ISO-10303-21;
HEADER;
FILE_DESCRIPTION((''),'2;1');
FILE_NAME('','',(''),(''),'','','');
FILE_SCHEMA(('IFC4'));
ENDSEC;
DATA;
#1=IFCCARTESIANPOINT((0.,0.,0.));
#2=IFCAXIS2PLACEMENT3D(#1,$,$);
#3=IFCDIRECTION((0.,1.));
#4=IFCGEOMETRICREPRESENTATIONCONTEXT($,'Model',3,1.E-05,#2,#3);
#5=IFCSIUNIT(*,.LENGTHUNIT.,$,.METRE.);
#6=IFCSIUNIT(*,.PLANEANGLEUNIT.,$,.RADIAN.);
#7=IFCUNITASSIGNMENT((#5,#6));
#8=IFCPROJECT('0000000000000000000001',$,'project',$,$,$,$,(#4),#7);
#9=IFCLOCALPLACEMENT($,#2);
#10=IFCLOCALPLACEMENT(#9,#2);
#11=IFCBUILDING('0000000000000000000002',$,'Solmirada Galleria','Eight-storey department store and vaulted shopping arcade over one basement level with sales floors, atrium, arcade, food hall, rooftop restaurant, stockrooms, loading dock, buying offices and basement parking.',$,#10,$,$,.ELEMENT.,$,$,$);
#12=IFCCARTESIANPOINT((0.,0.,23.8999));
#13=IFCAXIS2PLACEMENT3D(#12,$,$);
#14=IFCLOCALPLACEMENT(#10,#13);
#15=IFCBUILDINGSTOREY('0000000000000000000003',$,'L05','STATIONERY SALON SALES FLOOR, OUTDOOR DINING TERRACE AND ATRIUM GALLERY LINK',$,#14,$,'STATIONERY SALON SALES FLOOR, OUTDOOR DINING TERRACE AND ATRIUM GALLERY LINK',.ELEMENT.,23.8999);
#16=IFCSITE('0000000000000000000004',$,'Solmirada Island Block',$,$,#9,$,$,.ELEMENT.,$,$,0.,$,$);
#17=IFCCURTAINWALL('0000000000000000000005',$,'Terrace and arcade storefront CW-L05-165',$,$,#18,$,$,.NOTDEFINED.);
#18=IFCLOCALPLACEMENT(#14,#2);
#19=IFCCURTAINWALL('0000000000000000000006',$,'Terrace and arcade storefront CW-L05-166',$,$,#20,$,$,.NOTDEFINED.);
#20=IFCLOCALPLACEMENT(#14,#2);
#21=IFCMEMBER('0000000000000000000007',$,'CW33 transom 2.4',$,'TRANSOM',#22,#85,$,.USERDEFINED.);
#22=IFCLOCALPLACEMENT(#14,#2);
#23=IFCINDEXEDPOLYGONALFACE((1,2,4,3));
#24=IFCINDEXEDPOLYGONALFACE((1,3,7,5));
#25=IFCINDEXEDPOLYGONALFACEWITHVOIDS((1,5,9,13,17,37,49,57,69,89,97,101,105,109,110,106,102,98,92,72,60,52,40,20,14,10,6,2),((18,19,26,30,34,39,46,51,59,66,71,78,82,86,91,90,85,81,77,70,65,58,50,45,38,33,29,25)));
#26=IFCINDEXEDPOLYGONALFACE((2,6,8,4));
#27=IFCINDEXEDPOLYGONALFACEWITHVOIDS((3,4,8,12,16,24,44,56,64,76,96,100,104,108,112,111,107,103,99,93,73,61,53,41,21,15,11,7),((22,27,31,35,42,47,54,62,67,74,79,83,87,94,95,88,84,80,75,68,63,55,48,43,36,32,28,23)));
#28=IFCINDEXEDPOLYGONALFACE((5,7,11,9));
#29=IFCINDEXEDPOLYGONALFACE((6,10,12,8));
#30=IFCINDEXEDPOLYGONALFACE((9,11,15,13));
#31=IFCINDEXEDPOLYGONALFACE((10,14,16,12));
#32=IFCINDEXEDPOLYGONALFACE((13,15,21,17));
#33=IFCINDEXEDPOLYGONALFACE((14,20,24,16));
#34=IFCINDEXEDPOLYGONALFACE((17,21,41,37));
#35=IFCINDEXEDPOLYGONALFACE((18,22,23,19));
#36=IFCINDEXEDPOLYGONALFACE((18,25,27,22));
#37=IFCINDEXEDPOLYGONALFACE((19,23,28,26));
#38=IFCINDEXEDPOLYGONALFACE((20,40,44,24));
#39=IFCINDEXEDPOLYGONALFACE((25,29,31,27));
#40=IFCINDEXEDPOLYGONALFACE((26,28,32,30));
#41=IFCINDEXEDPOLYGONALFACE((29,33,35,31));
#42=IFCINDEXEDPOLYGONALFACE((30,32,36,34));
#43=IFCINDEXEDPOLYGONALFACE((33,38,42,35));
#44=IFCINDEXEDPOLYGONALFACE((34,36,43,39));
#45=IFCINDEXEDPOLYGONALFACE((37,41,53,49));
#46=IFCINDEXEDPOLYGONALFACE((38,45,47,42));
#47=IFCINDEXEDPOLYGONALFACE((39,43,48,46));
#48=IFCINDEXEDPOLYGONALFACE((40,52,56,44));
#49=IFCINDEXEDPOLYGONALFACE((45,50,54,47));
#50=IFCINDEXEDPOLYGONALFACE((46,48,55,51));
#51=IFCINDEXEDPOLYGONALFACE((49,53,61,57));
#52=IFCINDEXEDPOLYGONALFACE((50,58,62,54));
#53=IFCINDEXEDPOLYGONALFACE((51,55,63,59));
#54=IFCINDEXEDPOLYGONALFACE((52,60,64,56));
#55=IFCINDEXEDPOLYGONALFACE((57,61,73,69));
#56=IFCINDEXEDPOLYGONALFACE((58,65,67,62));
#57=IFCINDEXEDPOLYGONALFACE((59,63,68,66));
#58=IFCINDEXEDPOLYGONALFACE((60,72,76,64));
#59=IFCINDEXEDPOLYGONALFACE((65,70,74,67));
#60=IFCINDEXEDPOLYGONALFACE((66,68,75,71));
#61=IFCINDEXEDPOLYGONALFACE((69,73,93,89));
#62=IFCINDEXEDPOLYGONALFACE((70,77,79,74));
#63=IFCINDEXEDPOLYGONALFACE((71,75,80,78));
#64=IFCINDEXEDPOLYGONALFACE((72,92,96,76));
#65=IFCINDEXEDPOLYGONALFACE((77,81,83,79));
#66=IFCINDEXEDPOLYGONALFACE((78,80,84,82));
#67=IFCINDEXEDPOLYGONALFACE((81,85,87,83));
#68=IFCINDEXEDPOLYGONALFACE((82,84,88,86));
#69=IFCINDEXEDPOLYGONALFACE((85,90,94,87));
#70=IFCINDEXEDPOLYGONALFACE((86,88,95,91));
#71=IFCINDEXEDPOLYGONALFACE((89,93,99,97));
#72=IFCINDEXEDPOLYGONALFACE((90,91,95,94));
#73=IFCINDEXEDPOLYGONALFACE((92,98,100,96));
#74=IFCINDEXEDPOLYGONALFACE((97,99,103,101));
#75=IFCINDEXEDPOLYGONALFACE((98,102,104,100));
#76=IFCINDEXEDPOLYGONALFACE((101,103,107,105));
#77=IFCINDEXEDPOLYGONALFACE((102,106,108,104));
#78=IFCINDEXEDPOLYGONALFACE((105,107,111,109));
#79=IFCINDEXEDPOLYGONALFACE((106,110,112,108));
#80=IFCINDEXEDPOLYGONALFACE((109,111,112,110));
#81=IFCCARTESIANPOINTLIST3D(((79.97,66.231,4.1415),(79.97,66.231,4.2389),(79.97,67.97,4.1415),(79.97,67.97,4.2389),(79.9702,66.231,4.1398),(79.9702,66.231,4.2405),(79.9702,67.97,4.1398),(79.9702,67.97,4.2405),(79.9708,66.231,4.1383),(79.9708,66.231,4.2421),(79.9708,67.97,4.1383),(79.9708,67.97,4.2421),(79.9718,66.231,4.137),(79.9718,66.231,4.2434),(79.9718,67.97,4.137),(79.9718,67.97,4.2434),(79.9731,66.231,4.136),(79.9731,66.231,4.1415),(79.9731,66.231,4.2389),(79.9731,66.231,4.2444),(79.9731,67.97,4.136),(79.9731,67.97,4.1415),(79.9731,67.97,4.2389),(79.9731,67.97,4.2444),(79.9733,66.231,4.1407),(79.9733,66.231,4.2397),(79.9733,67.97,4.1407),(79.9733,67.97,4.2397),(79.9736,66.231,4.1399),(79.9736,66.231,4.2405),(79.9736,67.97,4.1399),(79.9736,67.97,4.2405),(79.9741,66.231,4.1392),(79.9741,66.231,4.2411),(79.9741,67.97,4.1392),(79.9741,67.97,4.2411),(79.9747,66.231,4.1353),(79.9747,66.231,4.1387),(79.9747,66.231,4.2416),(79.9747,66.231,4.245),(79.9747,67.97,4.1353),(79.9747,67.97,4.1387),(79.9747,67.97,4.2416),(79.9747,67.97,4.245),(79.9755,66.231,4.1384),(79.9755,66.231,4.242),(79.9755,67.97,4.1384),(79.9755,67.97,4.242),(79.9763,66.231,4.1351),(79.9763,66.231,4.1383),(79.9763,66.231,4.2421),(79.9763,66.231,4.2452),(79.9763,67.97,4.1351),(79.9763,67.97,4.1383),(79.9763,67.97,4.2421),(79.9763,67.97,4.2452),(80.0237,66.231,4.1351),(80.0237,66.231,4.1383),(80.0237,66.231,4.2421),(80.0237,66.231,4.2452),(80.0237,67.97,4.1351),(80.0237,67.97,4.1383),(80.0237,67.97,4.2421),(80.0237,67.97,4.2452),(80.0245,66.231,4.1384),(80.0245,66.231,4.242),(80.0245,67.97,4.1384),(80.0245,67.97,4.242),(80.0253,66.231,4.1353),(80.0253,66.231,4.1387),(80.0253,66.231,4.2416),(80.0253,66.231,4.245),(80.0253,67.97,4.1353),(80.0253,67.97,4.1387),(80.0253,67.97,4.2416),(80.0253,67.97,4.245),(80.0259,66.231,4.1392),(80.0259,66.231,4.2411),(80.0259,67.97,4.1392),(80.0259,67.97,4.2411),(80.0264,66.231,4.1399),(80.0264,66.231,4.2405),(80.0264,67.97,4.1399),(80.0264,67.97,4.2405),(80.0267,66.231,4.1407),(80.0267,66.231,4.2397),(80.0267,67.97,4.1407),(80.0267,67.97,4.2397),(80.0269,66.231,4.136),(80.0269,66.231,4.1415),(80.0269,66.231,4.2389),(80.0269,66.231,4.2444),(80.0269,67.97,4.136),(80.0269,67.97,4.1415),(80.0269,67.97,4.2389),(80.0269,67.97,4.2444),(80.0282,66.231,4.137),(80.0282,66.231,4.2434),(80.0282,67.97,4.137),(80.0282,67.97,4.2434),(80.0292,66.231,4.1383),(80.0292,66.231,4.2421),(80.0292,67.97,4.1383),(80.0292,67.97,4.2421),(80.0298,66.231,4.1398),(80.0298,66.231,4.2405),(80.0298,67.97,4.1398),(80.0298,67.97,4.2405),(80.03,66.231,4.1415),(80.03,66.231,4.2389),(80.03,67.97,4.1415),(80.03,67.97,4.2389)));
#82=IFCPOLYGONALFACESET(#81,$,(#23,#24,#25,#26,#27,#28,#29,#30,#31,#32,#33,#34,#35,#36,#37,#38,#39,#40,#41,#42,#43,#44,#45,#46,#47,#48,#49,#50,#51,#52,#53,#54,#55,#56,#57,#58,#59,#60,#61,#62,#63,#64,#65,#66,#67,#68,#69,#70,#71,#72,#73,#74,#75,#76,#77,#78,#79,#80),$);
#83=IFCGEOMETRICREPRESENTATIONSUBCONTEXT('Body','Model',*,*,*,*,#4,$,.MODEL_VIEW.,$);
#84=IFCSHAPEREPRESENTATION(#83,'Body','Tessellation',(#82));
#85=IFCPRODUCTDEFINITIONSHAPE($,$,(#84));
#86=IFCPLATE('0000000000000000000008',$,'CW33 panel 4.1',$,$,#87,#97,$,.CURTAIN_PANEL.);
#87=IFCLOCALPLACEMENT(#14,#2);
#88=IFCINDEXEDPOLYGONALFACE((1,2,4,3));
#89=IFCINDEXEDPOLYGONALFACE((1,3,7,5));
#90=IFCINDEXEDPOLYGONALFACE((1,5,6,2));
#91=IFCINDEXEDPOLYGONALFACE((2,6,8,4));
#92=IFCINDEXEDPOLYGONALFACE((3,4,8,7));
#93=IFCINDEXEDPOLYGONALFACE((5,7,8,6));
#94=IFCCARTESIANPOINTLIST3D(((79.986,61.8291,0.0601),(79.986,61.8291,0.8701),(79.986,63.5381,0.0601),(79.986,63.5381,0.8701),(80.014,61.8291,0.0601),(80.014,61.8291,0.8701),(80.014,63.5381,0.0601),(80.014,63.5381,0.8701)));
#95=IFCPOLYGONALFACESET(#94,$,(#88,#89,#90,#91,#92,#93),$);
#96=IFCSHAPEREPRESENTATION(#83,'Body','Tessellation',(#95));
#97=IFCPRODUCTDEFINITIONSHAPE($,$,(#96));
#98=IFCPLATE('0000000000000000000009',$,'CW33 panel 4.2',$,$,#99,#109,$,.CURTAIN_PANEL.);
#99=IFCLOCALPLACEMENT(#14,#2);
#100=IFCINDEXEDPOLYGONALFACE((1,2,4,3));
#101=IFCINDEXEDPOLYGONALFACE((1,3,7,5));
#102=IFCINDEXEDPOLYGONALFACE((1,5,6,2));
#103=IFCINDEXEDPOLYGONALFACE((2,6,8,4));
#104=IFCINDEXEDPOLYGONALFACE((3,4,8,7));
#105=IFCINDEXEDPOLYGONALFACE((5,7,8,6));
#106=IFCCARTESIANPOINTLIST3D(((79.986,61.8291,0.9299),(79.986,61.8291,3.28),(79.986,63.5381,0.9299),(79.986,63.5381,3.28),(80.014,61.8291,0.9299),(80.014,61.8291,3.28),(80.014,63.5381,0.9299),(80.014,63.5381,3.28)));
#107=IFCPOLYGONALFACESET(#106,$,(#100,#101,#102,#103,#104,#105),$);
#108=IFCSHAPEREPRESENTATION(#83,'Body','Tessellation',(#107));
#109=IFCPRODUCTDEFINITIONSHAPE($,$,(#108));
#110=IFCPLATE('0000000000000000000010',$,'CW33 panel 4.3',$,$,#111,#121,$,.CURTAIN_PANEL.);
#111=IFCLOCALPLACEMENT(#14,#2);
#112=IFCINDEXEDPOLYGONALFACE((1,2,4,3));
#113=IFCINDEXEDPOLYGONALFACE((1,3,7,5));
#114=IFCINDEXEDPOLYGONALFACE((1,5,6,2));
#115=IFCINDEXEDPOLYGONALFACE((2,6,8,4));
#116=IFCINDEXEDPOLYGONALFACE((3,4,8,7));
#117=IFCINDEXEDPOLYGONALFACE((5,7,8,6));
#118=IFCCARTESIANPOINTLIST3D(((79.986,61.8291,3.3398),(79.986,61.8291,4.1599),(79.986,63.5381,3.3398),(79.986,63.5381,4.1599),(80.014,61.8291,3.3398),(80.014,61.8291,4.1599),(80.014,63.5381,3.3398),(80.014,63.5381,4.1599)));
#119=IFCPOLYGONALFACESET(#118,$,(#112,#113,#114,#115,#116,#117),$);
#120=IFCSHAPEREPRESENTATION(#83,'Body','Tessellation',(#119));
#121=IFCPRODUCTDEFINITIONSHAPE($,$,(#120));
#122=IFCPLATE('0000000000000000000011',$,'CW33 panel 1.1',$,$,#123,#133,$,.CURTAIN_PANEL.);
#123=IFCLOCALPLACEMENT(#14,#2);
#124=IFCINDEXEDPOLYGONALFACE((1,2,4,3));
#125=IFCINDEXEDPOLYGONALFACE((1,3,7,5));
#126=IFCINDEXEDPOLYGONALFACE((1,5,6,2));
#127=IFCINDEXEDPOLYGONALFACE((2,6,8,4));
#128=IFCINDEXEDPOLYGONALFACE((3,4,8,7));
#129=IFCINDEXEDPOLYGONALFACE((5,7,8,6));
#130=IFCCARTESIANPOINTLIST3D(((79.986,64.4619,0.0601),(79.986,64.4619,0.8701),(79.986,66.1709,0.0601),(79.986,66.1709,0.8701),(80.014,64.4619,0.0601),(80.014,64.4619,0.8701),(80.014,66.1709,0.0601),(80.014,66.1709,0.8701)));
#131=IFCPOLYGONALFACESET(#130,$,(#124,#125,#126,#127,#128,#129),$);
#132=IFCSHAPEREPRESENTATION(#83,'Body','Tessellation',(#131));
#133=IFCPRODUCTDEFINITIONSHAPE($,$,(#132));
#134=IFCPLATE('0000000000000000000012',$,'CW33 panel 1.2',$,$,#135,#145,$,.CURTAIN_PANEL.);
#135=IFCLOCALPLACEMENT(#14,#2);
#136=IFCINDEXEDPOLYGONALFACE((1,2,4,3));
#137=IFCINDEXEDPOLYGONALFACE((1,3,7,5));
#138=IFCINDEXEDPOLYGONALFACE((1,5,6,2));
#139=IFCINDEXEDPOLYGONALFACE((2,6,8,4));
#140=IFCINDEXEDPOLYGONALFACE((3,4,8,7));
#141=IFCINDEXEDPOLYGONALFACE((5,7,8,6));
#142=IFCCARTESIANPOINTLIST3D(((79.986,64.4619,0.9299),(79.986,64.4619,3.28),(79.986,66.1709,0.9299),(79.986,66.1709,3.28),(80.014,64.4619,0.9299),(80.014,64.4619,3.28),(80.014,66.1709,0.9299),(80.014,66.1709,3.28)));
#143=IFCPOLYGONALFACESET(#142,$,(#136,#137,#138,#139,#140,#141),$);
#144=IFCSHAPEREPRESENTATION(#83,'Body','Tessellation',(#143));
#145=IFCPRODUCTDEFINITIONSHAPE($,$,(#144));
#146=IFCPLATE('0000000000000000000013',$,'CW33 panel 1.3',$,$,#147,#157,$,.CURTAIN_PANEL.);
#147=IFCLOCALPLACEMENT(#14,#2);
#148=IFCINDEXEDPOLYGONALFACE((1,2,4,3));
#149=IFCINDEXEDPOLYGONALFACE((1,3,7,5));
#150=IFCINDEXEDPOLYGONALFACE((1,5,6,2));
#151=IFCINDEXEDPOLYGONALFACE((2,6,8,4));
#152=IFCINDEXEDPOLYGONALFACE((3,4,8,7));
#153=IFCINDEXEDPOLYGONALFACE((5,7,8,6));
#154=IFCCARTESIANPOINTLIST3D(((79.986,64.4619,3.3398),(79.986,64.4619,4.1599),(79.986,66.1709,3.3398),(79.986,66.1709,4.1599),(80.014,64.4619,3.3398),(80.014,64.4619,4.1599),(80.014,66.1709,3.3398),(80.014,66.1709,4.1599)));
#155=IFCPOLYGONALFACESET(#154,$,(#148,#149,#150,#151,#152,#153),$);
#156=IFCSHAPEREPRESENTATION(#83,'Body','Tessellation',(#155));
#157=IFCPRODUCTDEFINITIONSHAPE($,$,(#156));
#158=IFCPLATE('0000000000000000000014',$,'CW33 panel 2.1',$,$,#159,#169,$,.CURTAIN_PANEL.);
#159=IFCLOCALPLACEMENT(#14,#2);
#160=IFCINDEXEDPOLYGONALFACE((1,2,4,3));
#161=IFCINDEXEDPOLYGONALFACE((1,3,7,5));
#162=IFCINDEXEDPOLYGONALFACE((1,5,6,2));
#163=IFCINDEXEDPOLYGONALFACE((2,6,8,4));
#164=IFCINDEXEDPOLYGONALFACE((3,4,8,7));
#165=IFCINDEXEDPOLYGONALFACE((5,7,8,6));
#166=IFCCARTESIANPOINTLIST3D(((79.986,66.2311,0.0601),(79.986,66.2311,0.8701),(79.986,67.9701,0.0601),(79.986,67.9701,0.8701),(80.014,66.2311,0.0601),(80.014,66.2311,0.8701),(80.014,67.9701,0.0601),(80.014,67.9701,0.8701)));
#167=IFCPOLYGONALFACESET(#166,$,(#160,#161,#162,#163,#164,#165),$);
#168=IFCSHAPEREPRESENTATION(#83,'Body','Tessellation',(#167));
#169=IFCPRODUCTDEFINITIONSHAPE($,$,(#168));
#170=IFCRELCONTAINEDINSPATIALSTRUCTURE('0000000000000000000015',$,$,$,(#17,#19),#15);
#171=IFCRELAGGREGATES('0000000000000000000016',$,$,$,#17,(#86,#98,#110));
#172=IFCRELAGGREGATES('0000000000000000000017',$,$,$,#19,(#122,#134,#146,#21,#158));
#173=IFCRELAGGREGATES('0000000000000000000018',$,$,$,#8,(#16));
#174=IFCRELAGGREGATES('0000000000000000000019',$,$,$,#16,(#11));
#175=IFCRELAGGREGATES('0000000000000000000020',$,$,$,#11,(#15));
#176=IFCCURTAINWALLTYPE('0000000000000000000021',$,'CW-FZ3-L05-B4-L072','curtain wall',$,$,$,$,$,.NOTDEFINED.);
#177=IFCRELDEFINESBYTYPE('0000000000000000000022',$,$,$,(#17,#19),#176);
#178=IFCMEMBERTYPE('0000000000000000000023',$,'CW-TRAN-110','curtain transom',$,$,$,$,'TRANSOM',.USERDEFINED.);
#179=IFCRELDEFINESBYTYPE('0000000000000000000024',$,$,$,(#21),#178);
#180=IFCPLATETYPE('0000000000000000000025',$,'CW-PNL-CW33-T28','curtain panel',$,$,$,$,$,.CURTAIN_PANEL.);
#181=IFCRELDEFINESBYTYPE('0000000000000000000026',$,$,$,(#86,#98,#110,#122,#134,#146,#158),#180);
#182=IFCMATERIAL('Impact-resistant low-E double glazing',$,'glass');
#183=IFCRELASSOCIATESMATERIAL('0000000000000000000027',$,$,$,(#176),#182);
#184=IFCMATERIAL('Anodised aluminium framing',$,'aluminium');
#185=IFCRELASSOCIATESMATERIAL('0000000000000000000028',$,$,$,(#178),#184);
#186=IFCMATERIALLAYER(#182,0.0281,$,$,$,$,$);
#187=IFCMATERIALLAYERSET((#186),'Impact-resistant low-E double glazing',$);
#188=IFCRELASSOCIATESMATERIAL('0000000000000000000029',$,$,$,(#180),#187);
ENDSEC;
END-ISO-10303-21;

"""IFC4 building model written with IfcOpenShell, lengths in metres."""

from ifc_helpers import new_model, si_unit, direction, frame, origin, origin_2d, place, context, subcontext, project, spatial, rectangle, hollow_rectangle, extrude, material, layer, layer_set, material_profile, profile_set, type_object, element, aggregate, save


model = new_model("IFC4")

# Units and contexts
model_context = context("Model", 3, precision=1e-05, world=origin(), true_north=direction((0.0, 1.0)))
body_context = subcontext(model_context, "Body", "Model", "MODEL_VIEW")
ifc_project = project(units=[si_unit("LENGTHUNIT", "METRE"), si_unit("PLANEANGLEUNIT", "RADIAN")], contexts=[model_context])

# Site, building, storey
site_placement = place(None, origin())
site = spatial("IfcSite", under=ifc_project, at=site_placement, Name="Solmirada Island Block", CompositionType="ELEMENT", RefElevation=0.0)
building_placement = place(site_placement, origin())
building = spatial("IfcBuilding", under=site, at=building_placement, Name="Solmirada Galleria", Description="Eight-storey department store and vaulted shopping arcade over one basement level with sales floors, atrium, arcade, food hall, rooftop restaurant, stockrooms, loading dock, buying offices and basement parking.", CompositionType="ELEMENT")
storey_placement = place(building_placement, frame((0.0, 0.0, 23.8999)))
storey = spatial("IfcBuildingStorey", under=building, at=storey_placement, Name="L05", Description="STATIONERY SALON SALES FLOOR, OUTDOOR DINING TERRACE AND ATRIUM GALLERY LINK", LongName="STATIONERY SALON SALES FLOOR, OUTDOOR DINING TERRACE AND ATRIUM GALLERY LINK", CompositionType="ELEMENT", Elevation=23.8999)

# Curtain wall
ifc_material_1 = material(Name="Impact-resistant low-E double glazing", Category="glass")
curtain_wall_type = type_object("IfcCurtainWallType", Name="CW-FZ3-L05-B4-L072", Description="curtain wall", PredefinedType="NOTDEFINED", material=ifc_material_1)
curtain_wall_1_placement = place(storey_placement, origin())
curtain_wall_1 = element("IfcCurtainWall", 1, at=curtain_wall_1_placement, inside=storey, type_object=curtain_wall_type, Name="Terrace and arcade storefront CW-L05-165", PredefinedType="NOTDEFINED")
ifc_material_2 = material(Name="Anodised aluminium framing", Category="aluminium")

# Curtain wall
curtain_wall_2_placement = place(storey_placement, origin())
curtain_wall_2 = element("IfcCurtainWall", 2, at=curtain_wall_2_placement, inside=storey, type_object=curtain_wall_type, Name="Terrace and arcade storefront CW-L05-166", PredefinedType="NOTDEFINED")

# Member
ifc_material_profile_1 = material_profile(ifc_material_2, hollow_rectangle(XDim=0.0601, YDim=0.1101, WallThickness=0.0032, InnerFilletRadius=0.0032, OuterFilletRadius=0.0063, at=origin_2d()), Name="ALU-TRAN-110X60")
ifc_profile_set_1 = profile_set([ifc_material_profile_1], Name="Anodised aluminium framing")
member_type_1 = type_object("IfcMemberType", Name="CW-TRAN-110", Description="curtain transom", ElementType="TRANSOM", PredefinedType="USERDEFINED", material=ifc_profile_set_1)
member_1_placement = place(storey_placement, frame((80.0, 66.231, 4.1902), z_axis=(0.0, 1.0, 0.0), x_axis=(-1.0, 0.0, 0.0)))
member_1 = element("IfcMember", 3, at=member_1_placement, type_object=member_type_1, Name="CW33 transom 2.4", ObjectType="TRANSOM", PredefinedType="USERDEFINED", context=body_context, shape_type="SweptSolid", body=[
    extrude(hollow_rectangle(XDim=0.0601, YDim=0.1101, WallThickness=0.0032, InnerFilletRadius=0.0032, OuterFilletRadius=0.0063, at=origin_2d()), origin(), (0.0, 0.0, 1.0), 1.739),
])

# Plates
ifc_layer = layer(ifc_material_1, 0.0281)
ifc_layer_set = layer_set([ifc_layer], Name="Impact-resistant low-E double glazing")
plate_type = type_object("IfcPlateType", Name="CW-PNL-CW33-T28", Description="curtain panel", PredefinedType="CURTAIN_PANEL", material=ifc_layer_set)
plate_1_placement = place(storey_placement, frame((80.0, 62.6836, 0.0601), z_axis=(0.0, 0.0, 1.0), x_axis=(0.0, 1.0, 0.0)))
plate_1 = element("IfcPlate", 4, at=plate_1_placement, type_object=plate_type, Name="CW33 panel 4.1", PredefinedType="CURTAIN_PANEL", context=body_context, shape_type="SweptSolid", body=[
    extrude(rectangle(XDim=1.709, YDim=0.0281, at=origin_2d()), origin(), (0.0, 0.0, 1.0), 0.8101),
])
plate_2_placement = place(storey_placement, frame((80.0, 62.6836, 0.9299), z_axis=(0.0, 0.0, 1.0), x_axis=(0.0, 1.0, 0.0)))
plate_2 = element("IfcPlate", 5, at=plate_2_placement, type_object=plate_type, Name="CW33 panel 4.2", PredefinedType="CURTAIN_PANEL", context=body_context, shape_type="SweptSolid", body=[
    extrude(rectangle(XDim=1.709, YDim=0.0281, at=origin_2d()), origin(), (0.0, 0.0, 1.0), 2.3501),
])
plate_3_placement = place(storey_placement, frame((80.0, 62.6836, 3.3398), z_axis=(0.0, 0.0, 1.0), x_axis=(0.0, 1.0, 0.0)))
plate_3 = element("IfcPlate", 6, at=plate_3_placement, type_object=plate_type, Name="CW33 panel 4.3", PredefinedType="CURTAIN_PANEL", context=body_context, shape_type="SweptSolid", body=[
    extrude(rectangle(XDim=1.709, YDim=0.0281, at=origin_2d()), origin(), (0.0, 0.0, 1.0), 0.8201),
])
aggregate(curtain_wall_1, [plate_1, plate_2, plate_3])
plate_4_placement = place(storey_placement, frame((80.0, 65.3164, 0.0601), z_axis=(0.0, 0.0, 1.0), x_axis=(0.0, 1.0, 0.0)))
plate_4 = element("IfcPlate", 7, at=plate_4_placement, type_object=plate_type, Name="CW33 panel 1.1", PredefinedType="CURTAIN_PANEL", context=body_context, shape_type="SweptSolid", body=[
    extrude(rectangle(XDim=1.709, YDim=0.0281, at=origin_2d()), origin(), (0.0, 0.0, 1.0), 0.8101),
])
plate_5_placement = place(storey_placement, frame((80.0, 65.3164, 0.9299), z_axis=(0.0, 0.0, 1.0), x_axis=(0.0, 1.0, 0.0)))
plate_5 = element("IfcPlate", 8, at=plate_5_placement, type_object=plate_type, Name="CW33 panel 1.2", PredefinedType="CURTAIN_PANEL", context=body_context, shape_type="SweptSolid", body=[
    extrude(rectangle(XDim=1.709, YDim=0.0281, at=origin_2d()), origin(), (0.0, 0.0, 1.0), 2.3501),
])
plate_6_placement = place(storey_placement, frame((80.0, 65.3164, 3.3398), z_axis=(0.0, 0.0, 1.0), x_axis=(0.0, 1.0, 0.0)))
plate_6 = element("IfcPlate", 9, at=plate_6_placement, type_object=plate_type, Name="CW33 panel 1.3", PredefinedType="CURTAIN_PANEL", context=body_context, shape_type="SweptSolid", body=[
    extrude(rectangle(XDim=1.709, YDim=0.0281, at=origin_2d()), origin(), (0.0, 0.0, 1.0), 0.8201),
])
plate_7_placement = place(storey_placement, frame((80.0, 67.1006, 0.0601), z_axis=(0.0, 0.0, 1.0), x_axis=(0.0, 1.0, 0.0)))
plate_7 = element("IfcPlate", 10, at=plate_7_placement, type_object=plate_type, Name="CW33 panel 2.1", PredefinedType="CURTAIN_PANEL", context=body_context, shape_type="SweptSolid", body=[
    extrude(rectangle(XDim=1.739, YDim=0.0281, at=origin_2d()), origin(), (0.0, 0.0, 1.0), 0.8101),
])
aggregate(curtain_wall_2, [plate_4, plate_5, plate_6, member_1, plate_7])

save(model, "model.ifc")
